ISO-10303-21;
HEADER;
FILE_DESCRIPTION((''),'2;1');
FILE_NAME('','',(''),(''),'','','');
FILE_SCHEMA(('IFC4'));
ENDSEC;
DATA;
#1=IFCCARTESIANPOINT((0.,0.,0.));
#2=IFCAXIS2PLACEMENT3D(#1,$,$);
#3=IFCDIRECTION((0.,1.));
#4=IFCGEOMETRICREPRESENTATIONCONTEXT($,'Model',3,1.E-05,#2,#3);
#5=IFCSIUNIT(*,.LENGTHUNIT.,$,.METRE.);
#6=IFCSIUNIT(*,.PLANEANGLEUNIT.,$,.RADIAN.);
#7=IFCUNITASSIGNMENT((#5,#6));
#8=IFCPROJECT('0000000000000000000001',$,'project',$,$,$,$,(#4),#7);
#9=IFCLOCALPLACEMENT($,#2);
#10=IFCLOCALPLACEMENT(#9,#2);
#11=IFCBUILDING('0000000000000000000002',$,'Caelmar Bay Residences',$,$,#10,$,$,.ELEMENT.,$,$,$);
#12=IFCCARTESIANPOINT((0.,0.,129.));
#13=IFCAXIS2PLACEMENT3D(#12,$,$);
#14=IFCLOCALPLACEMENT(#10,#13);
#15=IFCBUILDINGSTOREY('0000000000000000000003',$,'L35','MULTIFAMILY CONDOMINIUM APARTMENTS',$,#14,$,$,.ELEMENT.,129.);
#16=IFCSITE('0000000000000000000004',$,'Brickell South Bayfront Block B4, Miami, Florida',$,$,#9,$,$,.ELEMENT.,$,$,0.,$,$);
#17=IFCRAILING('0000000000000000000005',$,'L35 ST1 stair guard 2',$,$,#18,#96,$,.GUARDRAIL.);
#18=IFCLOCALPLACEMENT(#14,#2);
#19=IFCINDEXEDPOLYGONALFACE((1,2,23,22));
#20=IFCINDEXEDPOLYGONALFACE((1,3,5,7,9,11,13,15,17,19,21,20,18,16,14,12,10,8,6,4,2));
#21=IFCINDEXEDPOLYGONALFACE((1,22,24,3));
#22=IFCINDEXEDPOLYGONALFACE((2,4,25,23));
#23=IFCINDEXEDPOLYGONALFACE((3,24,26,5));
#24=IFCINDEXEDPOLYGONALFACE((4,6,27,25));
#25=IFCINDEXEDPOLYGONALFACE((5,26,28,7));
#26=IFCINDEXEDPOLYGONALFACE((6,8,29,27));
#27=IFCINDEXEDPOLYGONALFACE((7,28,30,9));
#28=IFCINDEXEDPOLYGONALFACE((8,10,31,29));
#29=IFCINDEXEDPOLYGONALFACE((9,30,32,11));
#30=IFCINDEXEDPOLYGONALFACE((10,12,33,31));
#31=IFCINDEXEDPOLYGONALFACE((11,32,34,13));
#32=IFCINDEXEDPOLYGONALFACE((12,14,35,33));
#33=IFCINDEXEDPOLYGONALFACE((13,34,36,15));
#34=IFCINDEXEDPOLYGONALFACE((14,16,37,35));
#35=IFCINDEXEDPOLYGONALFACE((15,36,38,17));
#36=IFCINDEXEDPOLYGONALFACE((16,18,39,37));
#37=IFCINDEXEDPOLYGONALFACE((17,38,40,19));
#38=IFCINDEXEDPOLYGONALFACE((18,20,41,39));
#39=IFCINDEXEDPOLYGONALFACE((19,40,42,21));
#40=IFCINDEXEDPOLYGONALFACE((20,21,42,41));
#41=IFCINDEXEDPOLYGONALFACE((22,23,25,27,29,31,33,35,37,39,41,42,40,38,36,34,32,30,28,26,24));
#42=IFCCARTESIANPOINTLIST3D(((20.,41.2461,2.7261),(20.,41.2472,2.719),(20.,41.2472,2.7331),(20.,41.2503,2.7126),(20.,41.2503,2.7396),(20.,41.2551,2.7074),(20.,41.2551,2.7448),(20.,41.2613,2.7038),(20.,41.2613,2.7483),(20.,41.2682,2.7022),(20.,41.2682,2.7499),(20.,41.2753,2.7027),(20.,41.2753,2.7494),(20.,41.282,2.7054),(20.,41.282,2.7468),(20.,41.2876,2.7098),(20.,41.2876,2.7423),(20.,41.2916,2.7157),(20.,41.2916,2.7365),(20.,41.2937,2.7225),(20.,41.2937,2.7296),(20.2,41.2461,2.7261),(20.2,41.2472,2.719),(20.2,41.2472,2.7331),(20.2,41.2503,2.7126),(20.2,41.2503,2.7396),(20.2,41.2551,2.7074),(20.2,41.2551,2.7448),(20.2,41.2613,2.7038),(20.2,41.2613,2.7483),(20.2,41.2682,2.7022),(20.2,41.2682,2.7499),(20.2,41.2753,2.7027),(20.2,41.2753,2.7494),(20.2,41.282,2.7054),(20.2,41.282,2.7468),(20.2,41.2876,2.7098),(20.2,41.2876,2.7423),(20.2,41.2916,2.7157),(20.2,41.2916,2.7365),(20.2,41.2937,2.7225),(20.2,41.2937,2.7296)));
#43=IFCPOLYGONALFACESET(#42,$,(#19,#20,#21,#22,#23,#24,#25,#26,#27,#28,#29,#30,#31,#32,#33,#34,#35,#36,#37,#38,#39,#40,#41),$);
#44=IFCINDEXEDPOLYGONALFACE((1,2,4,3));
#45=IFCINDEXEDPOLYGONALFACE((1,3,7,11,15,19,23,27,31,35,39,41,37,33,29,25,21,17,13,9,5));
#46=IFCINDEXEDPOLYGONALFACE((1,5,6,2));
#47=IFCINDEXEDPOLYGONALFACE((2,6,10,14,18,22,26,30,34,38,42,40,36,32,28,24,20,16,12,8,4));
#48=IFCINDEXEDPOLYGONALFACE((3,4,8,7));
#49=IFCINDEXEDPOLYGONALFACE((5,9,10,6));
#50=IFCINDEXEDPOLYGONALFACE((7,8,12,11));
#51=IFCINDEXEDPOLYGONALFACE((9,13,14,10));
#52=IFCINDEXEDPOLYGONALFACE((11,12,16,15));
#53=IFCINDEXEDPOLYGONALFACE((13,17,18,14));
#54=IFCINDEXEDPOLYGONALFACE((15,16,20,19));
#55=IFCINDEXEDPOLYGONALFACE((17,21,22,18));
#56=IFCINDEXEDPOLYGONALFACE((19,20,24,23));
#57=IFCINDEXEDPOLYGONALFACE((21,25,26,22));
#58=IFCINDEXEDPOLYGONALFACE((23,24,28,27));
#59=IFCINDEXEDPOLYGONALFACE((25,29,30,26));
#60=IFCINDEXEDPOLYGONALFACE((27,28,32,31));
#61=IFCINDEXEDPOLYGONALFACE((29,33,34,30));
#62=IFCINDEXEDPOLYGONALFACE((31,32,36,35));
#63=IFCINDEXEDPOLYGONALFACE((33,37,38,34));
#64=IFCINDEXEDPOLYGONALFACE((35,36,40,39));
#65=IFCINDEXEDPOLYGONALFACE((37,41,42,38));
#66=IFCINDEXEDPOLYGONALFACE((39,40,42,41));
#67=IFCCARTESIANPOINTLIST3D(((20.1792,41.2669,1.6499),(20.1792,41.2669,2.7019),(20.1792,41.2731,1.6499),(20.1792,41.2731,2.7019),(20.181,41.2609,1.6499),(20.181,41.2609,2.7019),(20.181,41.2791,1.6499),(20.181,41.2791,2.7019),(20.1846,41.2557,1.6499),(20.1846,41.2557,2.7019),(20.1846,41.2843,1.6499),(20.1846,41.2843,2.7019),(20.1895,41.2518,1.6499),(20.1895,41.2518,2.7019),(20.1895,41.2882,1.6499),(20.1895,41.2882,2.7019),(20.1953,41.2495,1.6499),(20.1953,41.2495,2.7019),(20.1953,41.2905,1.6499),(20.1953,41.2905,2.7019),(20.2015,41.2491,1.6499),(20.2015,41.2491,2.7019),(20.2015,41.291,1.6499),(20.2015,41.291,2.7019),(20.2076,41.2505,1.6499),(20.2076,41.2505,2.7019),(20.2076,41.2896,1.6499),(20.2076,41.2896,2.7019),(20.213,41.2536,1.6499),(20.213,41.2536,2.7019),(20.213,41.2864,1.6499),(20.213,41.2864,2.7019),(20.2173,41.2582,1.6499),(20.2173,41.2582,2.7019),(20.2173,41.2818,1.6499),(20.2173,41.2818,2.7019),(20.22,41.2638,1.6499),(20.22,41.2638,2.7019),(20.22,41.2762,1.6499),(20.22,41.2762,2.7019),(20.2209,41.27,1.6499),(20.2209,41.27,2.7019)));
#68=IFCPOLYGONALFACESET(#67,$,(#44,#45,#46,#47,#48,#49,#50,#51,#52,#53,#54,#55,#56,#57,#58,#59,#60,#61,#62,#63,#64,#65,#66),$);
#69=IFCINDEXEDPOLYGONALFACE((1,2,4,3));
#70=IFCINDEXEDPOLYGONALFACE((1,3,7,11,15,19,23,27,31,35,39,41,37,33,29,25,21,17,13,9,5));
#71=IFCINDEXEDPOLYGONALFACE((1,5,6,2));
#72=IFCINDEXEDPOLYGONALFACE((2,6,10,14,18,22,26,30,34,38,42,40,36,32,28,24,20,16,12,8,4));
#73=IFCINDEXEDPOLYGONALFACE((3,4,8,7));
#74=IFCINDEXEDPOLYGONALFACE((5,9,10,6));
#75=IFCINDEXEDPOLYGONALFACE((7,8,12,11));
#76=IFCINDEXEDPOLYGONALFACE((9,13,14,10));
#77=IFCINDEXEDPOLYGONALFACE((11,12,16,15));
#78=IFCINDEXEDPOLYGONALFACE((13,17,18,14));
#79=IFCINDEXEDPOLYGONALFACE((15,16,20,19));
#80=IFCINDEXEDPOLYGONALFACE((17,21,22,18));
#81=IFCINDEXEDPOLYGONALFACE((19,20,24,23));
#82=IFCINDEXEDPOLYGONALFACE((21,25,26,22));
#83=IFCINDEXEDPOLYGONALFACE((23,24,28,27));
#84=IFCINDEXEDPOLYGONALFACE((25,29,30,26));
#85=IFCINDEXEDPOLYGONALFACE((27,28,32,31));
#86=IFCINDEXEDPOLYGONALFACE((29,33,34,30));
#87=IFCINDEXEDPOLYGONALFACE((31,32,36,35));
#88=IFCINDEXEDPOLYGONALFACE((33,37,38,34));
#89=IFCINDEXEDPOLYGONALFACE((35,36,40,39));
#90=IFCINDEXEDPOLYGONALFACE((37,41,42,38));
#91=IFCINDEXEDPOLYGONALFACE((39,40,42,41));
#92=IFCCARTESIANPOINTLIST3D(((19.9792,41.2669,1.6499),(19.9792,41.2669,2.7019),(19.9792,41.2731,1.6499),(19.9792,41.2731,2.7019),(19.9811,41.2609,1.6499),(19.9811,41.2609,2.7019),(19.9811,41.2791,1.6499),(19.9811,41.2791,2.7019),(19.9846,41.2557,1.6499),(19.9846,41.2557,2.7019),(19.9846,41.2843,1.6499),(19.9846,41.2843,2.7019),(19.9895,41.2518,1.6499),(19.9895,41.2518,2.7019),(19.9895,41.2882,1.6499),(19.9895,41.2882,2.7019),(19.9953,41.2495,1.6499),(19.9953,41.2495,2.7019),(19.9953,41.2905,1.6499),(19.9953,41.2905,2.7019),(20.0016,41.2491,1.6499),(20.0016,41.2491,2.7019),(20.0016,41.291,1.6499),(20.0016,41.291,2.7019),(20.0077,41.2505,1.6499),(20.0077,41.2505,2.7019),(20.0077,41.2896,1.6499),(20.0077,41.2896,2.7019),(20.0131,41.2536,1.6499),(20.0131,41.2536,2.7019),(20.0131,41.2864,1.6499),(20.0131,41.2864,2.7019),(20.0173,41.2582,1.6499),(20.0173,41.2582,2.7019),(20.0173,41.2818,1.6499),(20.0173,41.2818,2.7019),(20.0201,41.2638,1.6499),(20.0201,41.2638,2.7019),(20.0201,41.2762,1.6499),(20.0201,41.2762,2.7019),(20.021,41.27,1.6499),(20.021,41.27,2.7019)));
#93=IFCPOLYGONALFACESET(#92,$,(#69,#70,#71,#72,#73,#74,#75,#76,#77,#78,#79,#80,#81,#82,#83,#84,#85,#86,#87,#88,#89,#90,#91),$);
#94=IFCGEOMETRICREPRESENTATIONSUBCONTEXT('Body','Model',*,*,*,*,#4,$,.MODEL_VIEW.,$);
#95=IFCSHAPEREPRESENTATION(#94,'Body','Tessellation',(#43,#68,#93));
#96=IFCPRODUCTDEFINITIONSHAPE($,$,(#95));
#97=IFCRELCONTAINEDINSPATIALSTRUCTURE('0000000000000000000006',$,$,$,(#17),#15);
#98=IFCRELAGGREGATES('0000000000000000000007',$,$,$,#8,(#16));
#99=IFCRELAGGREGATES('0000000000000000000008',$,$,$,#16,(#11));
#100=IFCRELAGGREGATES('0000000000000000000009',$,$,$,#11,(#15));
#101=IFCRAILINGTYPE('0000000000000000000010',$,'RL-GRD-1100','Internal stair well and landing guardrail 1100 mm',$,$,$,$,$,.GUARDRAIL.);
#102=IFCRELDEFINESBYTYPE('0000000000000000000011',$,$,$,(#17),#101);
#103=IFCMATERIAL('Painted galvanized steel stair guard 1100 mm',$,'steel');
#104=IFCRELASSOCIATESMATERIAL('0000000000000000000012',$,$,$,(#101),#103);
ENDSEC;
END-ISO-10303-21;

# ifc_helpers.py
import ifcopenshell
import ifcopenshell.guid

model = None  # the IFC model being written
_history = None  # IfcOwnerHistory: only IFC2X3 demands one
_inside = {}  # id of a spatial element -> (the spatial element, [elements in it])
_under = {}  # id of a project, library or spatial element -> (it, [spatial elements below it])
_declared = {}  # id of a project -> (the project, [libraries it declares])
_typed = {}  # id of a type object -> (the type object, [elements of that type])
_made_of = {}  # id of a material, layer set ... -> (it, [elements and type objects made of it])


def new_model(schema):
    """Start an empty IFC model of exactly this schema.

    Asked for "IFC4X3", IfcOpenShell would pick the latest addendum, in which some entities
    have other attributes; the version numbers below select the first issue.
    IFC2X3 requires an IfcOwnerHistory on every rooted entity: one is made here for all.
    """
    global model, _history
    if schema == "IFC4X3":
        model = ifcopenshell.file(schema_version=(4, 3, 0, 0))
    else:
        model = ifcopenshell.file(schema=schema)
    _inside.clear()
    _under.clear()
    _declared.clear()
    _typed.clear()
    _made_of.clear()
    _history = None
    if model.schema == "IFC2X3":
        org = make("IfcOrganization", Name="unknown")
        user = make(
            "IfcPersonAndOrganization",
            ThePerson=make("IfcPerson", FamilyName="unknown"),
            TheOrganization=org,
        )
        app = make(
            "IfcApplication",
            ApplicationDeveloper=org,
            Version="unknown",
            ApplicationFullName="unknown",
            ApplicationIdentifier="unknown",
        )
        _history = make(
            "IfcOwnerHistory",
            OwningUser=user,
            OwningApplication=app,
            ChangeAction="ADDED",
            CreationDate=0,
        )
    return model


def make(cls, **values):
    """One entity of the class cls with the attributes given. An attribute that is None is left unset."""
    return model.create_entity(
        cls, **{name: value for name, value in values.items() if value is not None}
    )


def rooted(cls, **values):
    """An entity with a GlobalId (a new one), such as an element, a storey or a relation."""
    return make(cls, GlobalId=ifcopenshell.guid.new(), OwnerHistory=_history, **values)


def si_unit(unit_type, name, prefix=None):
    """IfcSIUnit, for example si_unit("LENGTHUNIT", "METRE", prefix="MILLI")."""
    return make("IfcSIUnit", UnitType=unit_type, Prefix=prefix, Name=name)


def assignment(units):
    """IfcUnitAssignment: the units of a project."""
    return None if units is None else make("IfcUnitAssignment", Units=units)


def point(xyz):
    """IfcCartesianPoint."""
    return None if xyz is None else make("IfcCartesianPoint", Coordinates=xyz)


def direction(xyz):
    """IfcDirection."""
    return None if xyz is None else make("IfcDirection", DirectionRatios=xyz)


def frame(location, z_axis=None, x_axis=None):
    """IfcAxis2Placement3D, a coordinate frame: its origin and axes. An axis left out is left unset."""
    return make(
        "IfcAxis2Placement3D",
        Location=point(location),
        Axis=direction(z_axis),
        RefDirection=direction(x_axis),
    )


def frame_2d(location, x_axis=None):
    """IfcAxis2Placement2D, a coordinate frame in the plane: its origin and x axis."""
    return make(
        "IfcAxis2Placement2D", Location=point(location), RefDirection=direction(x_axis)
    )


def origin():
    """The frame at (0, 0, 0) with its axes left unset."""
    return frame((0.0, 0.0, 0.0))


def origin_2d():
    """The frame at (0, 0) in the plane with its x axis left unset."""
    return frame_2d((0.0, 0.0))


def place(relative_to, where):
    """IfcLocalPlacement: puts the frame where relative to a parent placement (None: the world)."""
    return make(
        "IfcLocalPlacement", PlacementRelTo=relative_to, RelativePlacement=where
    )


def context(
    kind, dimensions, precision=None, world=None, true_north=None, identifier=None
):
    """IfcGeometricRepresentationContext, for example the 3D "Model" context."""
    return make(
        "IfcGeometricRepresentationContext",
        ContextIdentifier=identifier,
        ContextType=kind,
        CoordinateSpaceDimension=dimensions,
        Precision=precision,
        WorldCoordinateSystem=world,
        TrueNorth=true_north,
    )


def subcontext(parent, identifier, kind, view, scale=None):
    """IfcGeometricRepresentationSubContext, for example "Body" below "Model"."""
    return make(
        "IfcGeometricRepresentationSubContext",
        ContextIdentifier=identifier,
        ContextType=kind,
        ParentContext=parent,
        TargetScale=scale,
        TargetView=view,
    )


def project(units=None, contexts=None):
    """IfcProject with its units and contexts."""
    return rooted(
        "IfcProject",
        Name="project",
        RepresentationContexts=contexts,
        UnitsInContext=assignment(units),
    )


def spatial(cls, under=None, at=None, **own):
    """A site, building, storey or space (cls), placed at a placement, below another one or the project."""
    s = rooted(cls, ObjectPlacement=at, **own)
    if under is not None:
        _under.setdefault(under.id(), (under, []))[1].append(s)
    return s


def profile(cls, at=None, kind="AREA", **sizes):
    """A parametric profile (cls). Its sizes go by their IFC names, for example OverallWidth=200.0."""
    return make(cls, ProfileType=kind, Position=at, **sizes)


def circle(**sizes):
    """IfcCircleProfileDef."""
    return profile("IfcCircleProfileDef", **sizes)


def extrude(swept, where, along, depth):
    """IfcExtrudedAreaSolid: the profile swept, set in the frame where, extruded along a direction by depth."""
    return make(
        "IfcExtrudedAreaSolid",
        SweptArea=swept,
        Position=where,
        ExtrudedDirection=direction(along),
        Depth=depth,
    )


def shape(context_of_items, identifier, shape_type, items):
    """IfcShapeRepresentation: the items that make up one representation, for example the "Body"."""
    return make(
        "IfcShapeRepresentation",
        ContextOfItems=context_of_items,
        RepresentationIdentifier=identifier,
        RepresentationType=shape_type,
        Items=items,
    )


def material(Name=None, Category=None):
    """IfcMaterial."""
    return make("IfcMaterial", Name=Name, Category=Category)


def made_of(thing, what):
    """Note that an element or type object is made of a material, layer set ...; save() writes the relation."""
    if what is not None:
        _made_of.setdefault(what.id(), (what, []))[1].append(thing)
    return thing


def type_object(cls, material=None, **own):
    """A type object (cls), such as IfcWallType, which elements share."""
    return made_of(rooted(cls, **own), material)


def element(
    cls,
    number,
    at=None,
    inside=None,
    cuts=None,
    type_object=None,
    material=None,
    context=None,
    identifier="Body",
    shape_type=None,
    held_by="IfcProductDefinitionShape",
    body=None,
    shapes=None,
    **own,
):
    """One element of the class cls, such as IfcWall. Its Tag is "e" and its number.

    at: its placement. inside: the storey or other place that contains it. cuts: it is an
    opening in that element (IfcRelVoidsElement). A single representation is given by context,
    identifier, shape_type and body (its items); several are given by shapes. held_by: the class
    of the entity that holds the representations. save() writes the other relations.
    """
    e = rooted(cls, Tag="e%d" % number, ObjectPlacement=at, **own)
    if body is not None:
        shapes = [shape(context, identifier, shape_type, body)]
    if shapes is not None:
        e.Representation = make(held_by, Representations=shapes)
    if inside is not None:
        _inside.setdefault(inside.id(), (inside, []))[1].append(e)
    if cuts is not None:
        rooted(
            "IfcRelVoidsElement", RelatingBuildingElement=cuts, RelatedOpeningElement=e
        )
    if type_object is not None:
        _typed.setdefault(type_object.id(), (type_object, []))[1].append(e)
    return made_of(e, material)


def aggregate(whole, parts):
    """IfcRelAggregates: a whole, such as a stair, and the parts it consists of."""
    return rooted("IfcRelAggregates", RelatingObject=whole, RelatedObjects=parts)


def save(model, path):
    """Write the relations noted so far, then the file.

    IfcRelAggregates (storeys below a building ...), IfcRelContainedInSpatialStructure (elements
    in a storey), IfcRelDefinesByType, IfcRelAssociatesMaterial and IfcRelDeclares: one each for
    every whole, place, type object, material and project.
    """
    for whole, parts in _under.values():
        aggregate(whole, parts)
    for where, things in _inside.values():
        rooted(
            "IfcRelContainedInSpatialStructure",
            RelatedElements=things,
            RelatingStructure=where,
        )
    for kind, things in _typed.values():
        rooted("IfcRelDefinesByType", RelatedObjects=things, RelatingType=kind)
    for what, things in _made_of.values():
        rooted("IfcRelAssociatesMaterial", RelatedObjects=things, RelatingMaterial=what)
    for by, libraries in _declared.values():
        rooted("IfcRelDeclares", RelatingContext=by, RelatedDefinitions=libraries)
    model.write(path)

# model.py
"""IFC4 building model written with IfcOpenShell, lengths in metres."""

from ifc_helpers import new_model, si_unit, direction, frame, origin, origin_2d, place, context, subcontext, project, spatial, circle, extrude, material, type_object, element, save


model = new_model("IFC4")

# Units and contexts
model_context = context("Model", 3, precision=1e-05, world=origin(), true_north=direction((0.0, 1.0)))
body_context = subcontext(model_context, "Body", "Model", "MODEL_VIEW")
ifc_project = project(units=[si_unit("LENGTHUNIT", "METRE"), si_unit("PLANEANGLEUNIT", "RADIAN")], contexts=[model_context])

# Site, building, storey
site_placement = place(None, origin())
site = spatial("IfcSite", under=ifc_project, at=site_placement, Name="Brickell South Bayfront Block B4, Miami, Florida", CompositionType="ELEMENT", RefElevation=0.0)
building_placement = place(site_placement, origin())
building = spatial("IfcBuilding", under=site, at=building_placement, Name="Caelmar Bay Residences", CompositionType="ELEMENT")
storey_placement = place(building_placement, frame((0.0, 0.0, 129.0)))
storey = spatial("IfcBuildingStorey", under=building, at=storey_placement, Name="L35", Description="MULTIFAMILY CONDOMINIUM APARTMENTS", CompositionType="ELEMENT", Elevation=129.0)

# Railing
ifc_material_1 = material(Name="Painted galvanized steel stair guard 1100 mm", Category="steel")
railing_type_1 = type_object("IfcRailingType", Name="RL-GRD-1100", Description="Internal stair well and landing guardrail 1100 mm", PredefinedType="GUARDRAIL", material=ifc_material_1)
railing_1_placement = place(storey_placement, frame((20.2, 41.27, 1.6499)))
element("IfcRailing", 1, at=railing_1_placement, inside=storey, type_object=railing_type_1, Name="L35 ST1 stair guard 2", PredefinedType="GUARDRAIL", context=body_context, shape_type="SweptSolid", body=[
    extrude(circle(Radius=0.0239, at=origin_2d()), frame((0.0, 0.0, 1.0762), z_axis=(-1.0, 0.0, 0.0), x_axis=(0.0, -1.0, 0.0)), (0.0, 0.0, 1.0), 0.2),
    extrude(circle(Radius=0.021, at=origin_2d()), origin(), (0.0, 0.0, 1.0), 1.052),
    extrude(circle(Radius=0.021, at=origin_2d()), frame((-0.2, 0.0, 0.0)), (0.0, 0.0, 1.0), 1.052),
])

save(model, "model.ifc")
